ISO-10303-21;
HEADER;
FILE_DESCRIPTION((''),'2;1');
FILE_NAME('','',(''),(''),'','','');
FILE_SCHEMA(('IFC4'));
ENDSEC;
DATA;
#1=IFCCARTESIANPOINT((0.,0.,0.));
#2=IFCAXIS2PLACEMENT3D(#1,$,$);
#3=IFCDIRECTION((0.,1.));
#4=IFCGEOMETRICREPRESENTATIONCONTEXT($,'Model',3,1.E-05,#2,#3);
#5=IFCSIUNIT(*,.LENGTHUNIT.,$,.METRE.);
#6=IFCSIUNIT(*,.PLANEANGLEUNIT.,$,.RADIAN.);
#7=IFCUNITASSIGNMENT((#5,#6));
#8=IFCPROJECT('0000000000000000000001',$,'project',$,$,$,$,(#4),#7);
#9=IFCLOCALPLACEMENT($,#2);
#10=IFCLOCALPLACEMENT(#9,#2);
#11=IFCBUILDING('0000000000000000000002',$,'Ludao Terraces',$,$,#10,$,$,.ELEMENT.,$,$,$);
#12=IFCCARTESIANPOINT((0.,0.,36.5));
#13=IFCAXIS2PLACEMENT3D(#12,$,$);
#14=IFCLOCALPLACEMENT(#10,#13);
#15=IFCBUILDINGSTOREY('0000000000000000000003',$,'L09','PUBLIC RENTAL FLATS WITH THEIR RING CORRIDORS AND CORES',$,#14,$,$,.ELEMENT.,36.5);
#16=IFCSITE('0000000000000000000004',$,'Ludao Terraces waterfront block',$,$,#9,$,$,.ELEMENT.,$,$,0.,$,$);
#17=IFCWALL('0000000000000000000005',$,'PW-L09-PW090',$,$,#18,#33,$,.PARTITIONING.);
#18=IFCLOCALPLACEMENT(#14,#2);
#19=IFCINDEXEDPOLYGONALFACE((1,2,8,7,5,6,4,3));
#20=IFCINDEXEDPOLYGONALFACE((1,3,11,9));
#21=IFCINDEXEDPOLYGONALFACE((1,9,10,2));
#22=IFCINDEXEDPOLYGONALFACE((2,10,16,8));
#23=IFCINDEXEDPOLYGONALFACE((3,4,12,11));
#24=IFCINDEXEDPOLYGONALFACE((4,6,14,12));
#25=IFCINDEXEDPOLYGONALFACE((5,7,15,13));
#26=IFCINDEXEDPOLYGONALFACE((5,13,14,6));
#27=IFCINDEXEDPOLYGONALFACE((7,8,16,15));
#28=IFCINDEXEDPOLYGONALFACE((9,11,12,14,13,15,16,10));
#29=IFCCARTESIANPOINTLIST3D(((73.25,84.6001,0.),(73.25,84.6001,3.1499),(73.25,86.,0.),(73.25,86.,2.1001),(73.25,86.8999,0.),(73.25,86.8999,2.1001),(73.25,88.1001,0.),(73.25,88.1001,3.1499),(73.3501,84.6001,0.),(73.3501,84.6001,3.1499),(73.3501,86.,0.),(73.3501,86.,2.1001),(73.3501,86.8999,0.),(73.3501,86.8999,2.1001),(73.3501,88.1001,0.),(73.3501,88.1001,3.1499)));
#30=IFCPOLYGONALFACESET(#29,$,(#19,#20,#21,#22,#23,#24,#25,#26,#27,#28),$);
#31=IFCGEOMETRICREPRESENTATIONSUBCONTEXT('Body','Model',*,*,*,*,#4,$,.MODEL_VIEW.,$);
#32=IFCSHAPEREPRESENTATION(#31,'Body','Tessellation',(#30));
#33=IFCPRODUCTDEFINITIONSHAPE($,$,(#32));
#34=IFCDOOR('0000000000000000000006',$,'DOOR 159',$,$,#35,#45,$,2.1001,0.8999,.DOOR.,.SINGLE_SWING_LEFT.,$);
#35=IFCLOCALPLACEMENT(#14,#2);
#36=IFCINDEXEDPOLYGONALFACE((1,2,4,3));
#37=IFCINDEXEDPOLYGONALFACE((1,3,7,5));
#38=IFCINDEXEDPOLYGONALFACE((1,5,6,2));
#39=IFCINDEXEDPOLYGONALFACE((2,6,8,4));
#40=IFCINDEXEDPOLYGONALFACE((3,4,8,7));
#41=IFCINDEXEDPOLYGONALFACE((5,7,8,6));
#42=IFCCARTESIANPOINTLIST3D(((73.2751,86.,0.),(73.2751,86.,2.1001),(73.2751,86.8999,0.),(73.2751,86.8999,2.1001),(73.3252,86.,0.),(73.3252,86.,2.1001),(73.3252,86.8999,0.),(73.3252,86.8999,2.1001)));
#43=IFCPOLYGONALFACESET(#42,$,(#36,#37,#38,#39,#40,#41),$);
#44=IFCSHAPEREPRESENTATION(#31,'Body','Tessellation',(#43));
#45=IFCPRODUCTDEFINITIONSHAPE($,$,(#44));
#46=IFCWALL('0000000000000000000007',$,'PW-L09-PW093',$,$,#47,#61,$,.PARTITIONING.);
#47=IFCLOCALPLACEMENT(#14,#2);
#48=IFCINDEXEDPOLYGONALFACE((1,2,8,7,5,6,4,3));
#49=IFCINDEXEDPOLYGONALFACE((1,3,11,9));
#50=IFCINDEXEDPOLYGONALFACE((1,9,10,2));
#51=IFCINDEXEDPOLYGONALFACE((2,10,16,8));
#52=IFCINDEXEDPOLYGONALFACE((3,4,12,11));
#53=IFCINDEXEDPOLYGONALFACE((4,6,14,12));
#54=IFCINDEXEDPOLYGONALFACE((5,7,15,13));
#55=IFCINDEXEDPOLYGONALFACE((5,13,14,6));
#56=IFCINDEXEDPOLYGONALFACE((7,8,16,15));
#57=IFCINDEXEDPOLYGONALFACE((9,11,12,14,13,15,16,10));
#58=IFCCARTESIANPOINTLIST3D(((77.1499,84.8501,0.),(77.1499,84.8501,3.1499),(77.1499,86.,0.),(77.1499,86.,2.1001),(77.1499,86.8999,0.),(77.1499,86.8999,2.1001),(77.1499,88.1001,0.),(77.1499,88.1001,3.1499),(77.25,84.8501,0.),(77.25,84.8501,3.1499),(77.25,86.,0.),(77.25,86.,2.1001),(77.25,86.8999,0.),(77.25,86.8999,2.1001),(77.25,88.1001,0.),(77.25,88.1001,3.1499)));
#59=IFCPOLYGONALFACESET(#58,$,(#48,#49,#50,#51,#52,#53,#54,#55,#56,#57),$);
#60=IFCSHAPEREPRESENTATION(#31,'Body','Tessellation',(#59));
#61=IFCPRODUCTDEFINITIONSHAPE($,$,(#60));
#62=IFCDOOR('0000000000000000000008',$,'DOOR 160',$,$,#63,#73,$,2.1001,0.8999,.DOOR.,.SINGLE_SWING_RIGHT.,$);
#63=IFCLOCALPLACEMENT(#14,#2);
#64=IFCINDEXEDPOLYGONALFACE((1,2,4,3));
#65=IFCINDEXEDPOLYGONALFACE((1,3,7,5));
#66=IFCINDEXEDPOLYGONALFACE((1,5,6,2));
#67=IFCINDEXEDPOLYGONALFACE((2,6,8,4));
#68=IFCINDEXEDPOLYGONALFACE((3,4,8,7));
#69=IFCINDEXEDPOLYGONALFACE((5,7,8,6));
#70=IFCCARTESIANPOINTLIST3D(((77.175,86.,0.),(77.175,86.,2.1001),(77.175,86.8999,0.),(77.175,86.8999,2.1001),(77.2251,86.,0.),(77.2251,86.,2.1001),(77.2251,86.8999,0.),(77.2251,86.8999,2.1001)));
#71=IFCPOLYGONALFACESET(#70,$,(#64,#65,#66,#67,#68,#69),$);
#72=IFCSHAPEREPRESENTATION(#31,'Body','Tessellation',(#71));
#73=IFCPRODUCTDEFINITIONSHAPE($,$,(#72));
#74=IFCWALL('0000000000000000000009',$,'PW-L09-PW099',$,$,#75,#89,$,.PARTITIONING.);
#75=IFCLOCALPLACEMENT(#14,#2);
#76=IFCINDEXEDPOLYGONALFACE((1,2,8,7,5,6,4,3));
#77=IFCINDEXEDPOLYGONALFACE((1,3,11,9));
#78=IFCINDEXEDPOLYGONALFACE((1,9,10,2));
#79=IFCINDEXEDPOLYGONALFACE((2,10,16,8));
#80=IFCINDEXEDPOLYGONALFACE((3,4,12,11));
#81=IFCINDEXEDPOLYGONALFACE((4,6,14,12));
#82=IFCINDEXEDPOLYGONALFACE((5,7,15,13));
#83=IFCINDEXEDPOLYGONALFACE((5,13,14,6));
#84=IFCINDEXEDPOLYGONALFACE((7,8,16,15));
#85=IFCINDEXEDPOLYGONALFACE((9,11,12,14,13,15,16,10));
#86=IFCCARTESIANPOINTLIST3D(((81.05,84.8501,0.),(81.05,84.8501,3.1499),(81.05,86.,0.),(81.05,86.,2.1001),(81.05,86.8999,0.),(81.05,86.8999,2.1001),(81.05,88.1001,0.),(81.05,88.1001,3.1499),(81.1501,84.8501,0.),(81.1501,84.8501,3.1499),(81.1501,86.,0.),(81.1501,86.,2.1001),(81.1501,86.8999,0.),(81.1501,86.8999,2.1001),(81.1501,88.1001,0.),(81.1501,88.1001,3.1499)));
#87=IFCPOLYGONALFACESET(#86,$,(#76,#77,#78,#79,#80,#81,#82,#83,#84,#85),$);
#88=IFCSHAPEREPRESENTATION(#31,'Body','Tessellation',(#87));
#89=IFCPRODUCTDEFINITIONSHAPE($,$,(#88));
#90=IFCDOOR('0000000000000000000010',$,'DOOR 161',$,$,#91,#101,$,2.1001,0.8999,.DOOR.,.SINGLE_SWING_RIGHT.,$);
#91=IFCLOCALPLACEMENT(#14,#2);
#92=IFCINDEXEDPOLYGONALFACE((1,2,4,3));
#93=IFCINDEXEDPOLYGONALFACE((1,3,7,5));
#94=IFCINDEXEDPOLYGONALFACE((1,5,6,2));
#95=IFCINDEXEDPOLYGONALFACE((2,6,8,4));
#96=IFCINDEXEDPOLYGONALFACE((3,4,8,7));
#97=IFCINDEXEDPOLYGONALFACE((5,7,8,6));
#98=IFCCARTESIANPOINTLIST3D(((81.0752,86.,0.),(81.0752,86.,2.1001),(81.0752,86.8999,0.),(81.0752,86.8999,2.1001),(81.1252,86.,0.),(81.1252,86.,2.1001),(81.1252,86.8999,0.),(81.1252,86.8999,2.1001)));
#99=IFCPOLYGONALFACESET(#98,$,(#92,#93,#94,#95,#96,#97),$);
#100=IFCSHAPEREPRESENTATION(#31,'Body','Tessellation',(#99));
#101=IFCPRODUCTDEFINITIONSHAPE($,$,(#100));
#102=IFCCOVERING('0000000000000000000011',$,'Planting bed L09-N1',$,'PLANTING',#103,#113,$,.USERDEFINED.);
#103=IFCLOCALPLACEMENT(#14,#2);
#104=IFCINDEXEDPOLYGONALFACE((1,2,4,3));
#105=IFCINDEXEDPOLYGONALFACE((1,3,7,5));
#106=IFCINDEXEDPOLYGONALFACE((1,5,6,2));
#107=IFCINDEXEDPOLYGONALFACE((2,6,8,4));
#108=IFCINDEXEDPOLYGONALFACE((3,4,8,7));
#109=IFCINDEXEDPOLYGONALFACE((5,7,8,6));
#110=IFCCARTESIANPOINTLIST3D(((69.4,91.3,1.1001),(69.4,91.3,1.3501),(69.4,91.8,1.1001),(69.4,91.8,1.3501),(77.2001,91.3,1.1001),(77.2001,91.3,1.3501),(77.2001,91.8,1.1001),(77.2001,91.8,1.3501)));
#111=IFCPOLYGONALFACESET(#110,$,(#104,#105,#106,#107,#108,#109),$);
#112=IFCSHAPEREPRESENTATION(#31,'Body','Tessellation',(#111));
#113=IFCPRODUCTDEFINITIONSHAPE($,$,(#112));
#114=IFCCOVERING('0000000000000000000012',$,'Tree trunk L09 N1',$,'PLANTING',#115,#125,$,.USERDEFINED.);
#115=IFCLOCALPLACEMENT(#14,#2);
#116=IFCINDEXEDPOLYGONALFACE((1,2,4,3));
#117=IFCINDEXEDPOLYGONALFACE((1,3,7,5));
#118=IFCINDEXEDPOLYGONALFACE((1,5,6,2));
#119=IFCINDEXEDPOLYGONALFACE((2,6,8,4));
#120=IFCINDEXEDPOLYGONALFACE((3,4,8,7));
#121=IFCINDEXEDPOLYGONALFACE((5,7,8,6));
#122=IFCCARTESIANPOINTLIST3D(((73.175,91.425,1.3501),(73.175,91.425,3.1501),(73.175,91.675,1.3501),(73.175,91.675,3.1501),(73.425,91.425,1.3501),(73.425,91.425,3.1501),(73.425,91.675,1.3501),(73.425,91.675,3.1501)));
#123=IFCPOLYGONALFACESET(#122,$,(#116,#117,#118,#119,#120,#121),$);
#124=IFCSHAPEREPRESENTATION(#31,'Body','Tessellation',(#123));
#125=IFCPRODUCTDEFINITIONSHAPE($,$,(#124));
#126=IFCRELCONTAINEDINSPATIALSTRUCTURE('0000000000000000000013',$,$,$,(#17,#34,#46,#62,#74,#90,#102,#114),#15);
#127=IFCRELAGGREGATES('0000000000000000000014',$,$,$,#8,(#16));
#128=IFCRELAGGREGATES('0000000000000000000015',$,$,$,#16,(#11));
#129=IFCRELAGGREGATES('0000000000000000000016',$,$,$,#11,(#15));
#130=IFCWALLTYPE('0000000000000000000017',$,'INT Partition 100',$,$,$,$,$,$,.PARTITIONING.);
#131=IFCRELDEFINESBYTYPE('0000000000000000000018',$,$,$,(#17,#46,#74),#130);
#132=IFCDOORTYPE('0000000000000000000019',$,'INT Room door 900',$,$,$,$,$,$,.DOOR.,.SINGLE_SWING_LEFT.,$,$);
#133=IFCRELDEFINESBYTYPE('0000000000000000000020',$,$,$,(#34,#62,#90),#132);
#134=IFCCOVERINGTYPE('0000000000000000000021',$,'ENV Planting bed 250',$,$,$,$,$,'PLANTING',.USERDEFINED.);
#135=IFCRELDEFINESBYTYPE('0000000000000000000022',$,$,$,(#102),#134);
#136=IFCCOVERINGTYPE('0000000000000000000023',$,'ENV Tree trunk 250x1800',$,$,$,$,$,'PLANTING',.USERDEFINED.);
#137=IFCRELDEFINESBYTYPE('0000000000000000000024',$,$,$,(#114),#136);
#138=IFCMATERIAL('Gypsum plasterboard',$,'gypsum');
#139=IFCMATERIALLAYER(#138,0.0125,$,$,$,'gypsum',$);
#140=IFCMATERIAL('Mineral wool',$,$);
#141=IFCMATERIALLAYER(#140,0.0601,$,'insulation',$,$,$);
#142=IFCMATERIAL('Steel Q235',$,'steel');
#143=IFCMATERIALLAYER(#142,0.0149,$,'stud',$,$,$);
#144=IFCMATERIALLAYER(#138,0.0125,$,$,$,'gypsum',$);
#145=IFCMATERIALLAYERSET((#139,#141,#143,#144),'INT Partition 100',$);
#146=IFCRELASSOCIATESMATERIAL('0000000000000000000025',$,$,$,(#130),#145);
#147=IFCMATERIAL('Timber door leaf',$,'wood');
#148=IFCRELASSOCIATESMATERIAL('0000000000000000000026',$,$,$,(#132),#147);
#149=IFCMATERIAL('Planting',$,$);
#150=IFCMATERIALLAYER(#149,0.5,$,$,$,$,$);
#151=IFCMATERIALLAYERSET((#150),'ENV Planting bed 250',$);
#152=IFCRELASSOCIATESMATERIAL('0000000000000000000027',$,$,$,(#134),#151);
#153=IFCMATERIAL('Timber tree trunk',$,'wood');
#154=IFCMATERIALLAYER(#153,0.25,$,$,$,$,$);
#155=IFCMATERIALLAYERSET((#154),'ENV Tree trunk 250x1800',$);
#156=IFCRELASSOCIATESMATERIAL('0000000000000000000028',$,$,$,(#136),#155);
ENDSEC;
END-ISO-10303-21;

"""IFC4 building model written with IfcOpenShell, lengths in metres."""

from ifc_helpers import new_model, si_unit, direction, frame, frame_2d, origin, origin_2d, place, context, subcontext, project, spatial, rectangle, extrude, material, layer, layer_set, type_object, element, fill, save


model = new_model("IFC4")

# Units and contexts
model_context = context("Model", 3, precision=1e-05, world=origin(), true_north=direction((0.0, 1.0)))
body_context = subcontext(model_context, "Body", "Model", "MODEL_VIEW")
ifc_project = project(units=[si_unit("LENGTHUNIT", "METRE"), si_unit("PLANEANGLEUNIT", "RADIAN")], contexts=[model_context])

# Site, building, storey
site_placement = place(None, origin())
site = spatial("IfcSite", under=ifc_project, at=site_placement, Name="Ludao Terraces waterfront block", CompositionType="ELEMENT", RefElevation=0.0)
building_placement = place(site_placement, origin())
building = spatial("IfcBuilding", under=site, at=building_placement, Name="Ludao Terraces", CompositionType="ELEMENT")
storey_placement = place(building_placement, frame((0.0, 0.0, 36.5)))
storey = spatial("IfcBuildingStorey", under=building, at=storey_placement, Name="L09", Description="PUBLIC RENTAL FLATS WITH THEIR RING CORRIDORS AND CORES", CompositionType="ELEMENT", Elevation=36.5)

# Shared definitions
ifc_material_1 = material(Name="Mineral wool")

# Shared definitions
ifc_material_2 = material(Name="Gypsum plasterboard", Category="gypsum")
ifc_layer_1 = layer(ifc_material_2, 0.0125, Category="gypsum")
ifc_layer_2 = layer(ifc_material_1, 0.0601, Name="insulation")
ifc_material_3 = material(Name="Steel Q235", Category="steel")
ifc_layer_3 = layer(ifc_material_3, 0.0149, Name="stud")
ifc_layer_4 = layer(ifc_material_2, 0.0125, Category="gypsum")
ifc_layer_set_1 = layer_set([ifc_layer_1, ifc_layer_2, ifc_layer_3, ifc_layer_4], Name="INT Partition 100")
wall_type_1 = type_object("IfcWallType", Name="INT Partition 100", PredefinedType="PARTITIONING", material=ifc_layer_set_1)

# Walls, openings, doors
wall_1_placement = place(storey_placement, frame((73.3, 84.6001, 0.0), z_axis=(0.0, 0.0, 1.0), x_axis=(0.0, 1.0, 0.0)))
wall_1 = element("IfcWall", 1, at=wall_1_placement, inside=storey, type_object=wall_type_1, Name="PW-L09-PW090", PredefinedType="PARTITIONING", context=body_context, shape_type="SweptSolid", body=[
    extrude(rectangle(XDim=3.5, YDim=0.1001, at=frame_2d((1.75, 0.0))), origin(), (0.0, 0.0, 1.0), 3.1499),
])
opening_1_placement = place(wall_1_placement, frame((1.3999, 0.0, 0.0)))
opening_1 = element("IfcOpeningElement", 2, at=opening_1_placement, cuts=wall_1, PredefinedType="OPENING", context=body_context, shape_type="SweptSolid", body=[
    extrude(rectangle(XDim=0.8999, YDim=2.1001, at=frame_2d((0.45, 1.05))), frame((0.0, 0.0601, 0.0), z_axis=(0.0, -1.0, 0.0), x_axis=(1.0, 0.0, 0.0)), (0.0, 0.0, 1.0), 0.1201),
])
ifc_material_4 = material(Name="Timber door leaf", Category="wood")
door_type_1 = type_object("IfcDoorType", Name="INT Room door 900", OperationType="SINGLE_SWING_LEFT", PredefinedType="DOOR", material=ifc_material_4)
door_1_placement = place(opening_1_placement, origin())
door_1 = element("IfcDoor", 3, at=door_1_placement, inside=storey, type_object=door_type_1, Name="DOOR 159", OperationType="SINGLE_SWING_LEFT", OverallHeight=2.1001, OverallWidth=0.8999, PredefinedType="DOOR", context=body_context, shape_type="SweptSolid", body=[
    extrude(rectangle(XDim=0.8999, YDim=2.1001, at=frame_2d((0.45, 1.05))), frame((0.0, 0.0249, 0.0), z_axis=(0.0, -1.0, 0.0), x_axis=(1.0, 0.0, 0.0)), (0.0, 0.0, 1.0), 0.05),
])
fill(opening_1, door_1)
wall_2_placement = place(storey_placement, frame((77.2, 84.8501, 0.0), z_axis=(0.0, 0.0, 1.0), x_axis=(0.0, 1.0, 0.0)))
wall_2 = element("IfcWall", 4, at=wall_2_placement, inside=storey, type_object=wall_type_1, Name="PW-L09-PW093", PredefinedType="PARTITIONING", context=body_context, shape_type="SweptSolid", body=[
    extrude(rectangle(XDim=3.25, YDim=0.1001, at=frame_2d((1.625, 0.0))), origin(), (0.0, 0.0, 1.0), 3.1499),
])
opening_2_placement = place(wall_2_placement, frame((1.1499, 0.0, 0.0)))
opening_2 = element("IfcOpeningElement", 5, at=opening_2_placement, cuts=wall_2, PredefinedType="OPENING", context=body_context, shape_type="SweptSolid", body=[
    extrude(rectangle(XDim=0.8999, YDim=2.1001, at=frame_2d((0.45, 1.05))), frame((0.0, 0.0601, 0.0), z_axis=(0.0, -1.0, 0.0), x_axis=(1.0, 0.0, 0.0)), (0.0, 0.0, 1.0), 0.1201),
])
door_2_placement = place(opening_2_placement, origin())
door_2 = element("IfcDoor", 6, at=door_2_placement, inside=storey, type_object=door_type_1, Name="DOOR 160", OperationType="SINGLE_SWING_RIGHT", OverallHeight=2.1001, OverallWidth=0.8999, PredefinedType="DOOR", context=body_context, shape_type="SweptSolid", body=[
    extrude(rectangle(XDim=0.8999, YDim=2.1001, at=frame_2d((0.45, 1.05))), frame((0.0, 0.0249, 0.0), z_axis=(0.0, -1.0, 0.0), x_axis=(1.0, 0.0, 0.0)), (0.0, 0.0, 1.0), 0.05),
])
fill(opening_2, door_2)
wall_3_placement = place(storey_placement, frame((81.1001, 84.8501, 0.0), z_axis=(0.0, 0.0, 1.0), x_axis=(0.0, 1.0, 0.0)))
wall_3 = element("IfcWall", 7, at=wall_3_placement, inside=storey, type_object=wall_type_1, Name="PW-L09-PW099", PredefinedType="PARTITIONING", context=body_context, shape_type="SweptSolid", body=[
    extrude(rectangle(XDim=3.25, YDim=0.1001, at=frame_2d((1.625, 0.0))), origin(), (0.0, 0.0, 1.0), 3.1499),
])
opening_3_placement = place(wall_3_placement, frame((1.1499, 0.0, 0.0)))
opening_3 = element("IfcOpeningElement", 8, at=opening_3_placement, cuts=wall_3, PredefinedType="OPENING", context=body_context, shape_type="SweptSolid", body=[
    extrude(rectangle(XDim=0.8999, YDim=2.1001, at=frame_2d((0.45, 1.05))), frame((0.0, 0.0601, 0.0), z_axis=(0.0, -1.0, 0.0), x_axis=(1.0, 0.0, 0.0)), (0.0, 0.0, 1.0), 0.1201),
])
door_3_placement = place(opening_3_placement, origin())
door_3 = element("IfcDoor", 9, at=door_3_placement, inside=storey, type_object=door_type_1, Name="DOOR 161", OperationType="SINGLE_SWING_RIGHT", OverallHeight=2.1001, OverallWidth=0.8999, PredefinedType="DOOR", context=body_context, shape_type="SweptSolid", body=[
    extrude(rectangle(XDim=0.8999, YDim=2.1001, at=frame_2d((0.45, 1.05))), frame((0.0, 0.0249, 0.0), z_axis=(0.0, -1.0, 0.0), x_axis=(1.0, 0.0, 0.0)), (0.0, 0.0, 1.0), 0.05),
])
fill(opening_3, door_3)

# Coverings
ifc_material_5 = material(Name="Planting")
ifc_layer_5 = layer(ifc_material_5, 0.5)
ifc_layer_set_2 = layer_set([ifc_layer_5], Name="ENV Planting bed 250")
covering_type_1 = type_object("IfcCoveringType", Name="ENV Planting bed 250", ElementType="PLANTING", PredefinedType="USERDEFINED", material=ifc_layer_set_2)
covering_1_placement = place(storey_placement, frame((73.3, 91.55, 1.1001), z_axis=(0.0, 0.0, 1.0), x_axis=(1.0, 0.0, 0.0)))
element("IfcCovering", 10, at=covering_1_placement, inside=storey, type_object=covering_type_1, Name="Planting bed L09-N1", ObjectType="PLANTING", PredefinedType="USERDEFINED", context=body_context, shape_type="SweptSolid", body=[
    extrude(rectangle(XDim=7.8, YDim=0.5, at=origin_2d()), origin(), (0.0, 0.0, 1.0), 0.25),
])
ifc_material_6 = material(Name="Timber tree trunk", Category="wood")
ifc_layer_6 = layer(ifc_material_6, 0.25)
ifc_layer_set_3 = layer_set([ifc_layer_6], Name="ENV Tree trunk 250x1800")
covering_type_2 = type_object("IfcCoveringType", Name="ENV Tree trunk 250x1800", ElementType="PLANTING", PredefinedType="USERDEFINED", material=ifc_layer_set_3)
covering_2_placement = place(storey_placement, frame((73.3, 91.55, 1.3501), z_axis=(0.0, 0.0, 1.0), x_axis=(1.0, 0.0, 0.0)))
element("IfcCovering", 11, at=covering_2_placement, inside=storey, type_object=covering_type_2, Name="Tree trunk L09 N1", ObjectType="PLANTING", PredefinedType="USERDEFINED", context=body_context, shape_type="SweptSolid", body=[
    extrude(rectangle(XDim=0.25, YDim=0.25, at=origin_2d()), origin(), (0.0, 0.0, 1.0), 1.8),
])

save(model, "model.ifc")
